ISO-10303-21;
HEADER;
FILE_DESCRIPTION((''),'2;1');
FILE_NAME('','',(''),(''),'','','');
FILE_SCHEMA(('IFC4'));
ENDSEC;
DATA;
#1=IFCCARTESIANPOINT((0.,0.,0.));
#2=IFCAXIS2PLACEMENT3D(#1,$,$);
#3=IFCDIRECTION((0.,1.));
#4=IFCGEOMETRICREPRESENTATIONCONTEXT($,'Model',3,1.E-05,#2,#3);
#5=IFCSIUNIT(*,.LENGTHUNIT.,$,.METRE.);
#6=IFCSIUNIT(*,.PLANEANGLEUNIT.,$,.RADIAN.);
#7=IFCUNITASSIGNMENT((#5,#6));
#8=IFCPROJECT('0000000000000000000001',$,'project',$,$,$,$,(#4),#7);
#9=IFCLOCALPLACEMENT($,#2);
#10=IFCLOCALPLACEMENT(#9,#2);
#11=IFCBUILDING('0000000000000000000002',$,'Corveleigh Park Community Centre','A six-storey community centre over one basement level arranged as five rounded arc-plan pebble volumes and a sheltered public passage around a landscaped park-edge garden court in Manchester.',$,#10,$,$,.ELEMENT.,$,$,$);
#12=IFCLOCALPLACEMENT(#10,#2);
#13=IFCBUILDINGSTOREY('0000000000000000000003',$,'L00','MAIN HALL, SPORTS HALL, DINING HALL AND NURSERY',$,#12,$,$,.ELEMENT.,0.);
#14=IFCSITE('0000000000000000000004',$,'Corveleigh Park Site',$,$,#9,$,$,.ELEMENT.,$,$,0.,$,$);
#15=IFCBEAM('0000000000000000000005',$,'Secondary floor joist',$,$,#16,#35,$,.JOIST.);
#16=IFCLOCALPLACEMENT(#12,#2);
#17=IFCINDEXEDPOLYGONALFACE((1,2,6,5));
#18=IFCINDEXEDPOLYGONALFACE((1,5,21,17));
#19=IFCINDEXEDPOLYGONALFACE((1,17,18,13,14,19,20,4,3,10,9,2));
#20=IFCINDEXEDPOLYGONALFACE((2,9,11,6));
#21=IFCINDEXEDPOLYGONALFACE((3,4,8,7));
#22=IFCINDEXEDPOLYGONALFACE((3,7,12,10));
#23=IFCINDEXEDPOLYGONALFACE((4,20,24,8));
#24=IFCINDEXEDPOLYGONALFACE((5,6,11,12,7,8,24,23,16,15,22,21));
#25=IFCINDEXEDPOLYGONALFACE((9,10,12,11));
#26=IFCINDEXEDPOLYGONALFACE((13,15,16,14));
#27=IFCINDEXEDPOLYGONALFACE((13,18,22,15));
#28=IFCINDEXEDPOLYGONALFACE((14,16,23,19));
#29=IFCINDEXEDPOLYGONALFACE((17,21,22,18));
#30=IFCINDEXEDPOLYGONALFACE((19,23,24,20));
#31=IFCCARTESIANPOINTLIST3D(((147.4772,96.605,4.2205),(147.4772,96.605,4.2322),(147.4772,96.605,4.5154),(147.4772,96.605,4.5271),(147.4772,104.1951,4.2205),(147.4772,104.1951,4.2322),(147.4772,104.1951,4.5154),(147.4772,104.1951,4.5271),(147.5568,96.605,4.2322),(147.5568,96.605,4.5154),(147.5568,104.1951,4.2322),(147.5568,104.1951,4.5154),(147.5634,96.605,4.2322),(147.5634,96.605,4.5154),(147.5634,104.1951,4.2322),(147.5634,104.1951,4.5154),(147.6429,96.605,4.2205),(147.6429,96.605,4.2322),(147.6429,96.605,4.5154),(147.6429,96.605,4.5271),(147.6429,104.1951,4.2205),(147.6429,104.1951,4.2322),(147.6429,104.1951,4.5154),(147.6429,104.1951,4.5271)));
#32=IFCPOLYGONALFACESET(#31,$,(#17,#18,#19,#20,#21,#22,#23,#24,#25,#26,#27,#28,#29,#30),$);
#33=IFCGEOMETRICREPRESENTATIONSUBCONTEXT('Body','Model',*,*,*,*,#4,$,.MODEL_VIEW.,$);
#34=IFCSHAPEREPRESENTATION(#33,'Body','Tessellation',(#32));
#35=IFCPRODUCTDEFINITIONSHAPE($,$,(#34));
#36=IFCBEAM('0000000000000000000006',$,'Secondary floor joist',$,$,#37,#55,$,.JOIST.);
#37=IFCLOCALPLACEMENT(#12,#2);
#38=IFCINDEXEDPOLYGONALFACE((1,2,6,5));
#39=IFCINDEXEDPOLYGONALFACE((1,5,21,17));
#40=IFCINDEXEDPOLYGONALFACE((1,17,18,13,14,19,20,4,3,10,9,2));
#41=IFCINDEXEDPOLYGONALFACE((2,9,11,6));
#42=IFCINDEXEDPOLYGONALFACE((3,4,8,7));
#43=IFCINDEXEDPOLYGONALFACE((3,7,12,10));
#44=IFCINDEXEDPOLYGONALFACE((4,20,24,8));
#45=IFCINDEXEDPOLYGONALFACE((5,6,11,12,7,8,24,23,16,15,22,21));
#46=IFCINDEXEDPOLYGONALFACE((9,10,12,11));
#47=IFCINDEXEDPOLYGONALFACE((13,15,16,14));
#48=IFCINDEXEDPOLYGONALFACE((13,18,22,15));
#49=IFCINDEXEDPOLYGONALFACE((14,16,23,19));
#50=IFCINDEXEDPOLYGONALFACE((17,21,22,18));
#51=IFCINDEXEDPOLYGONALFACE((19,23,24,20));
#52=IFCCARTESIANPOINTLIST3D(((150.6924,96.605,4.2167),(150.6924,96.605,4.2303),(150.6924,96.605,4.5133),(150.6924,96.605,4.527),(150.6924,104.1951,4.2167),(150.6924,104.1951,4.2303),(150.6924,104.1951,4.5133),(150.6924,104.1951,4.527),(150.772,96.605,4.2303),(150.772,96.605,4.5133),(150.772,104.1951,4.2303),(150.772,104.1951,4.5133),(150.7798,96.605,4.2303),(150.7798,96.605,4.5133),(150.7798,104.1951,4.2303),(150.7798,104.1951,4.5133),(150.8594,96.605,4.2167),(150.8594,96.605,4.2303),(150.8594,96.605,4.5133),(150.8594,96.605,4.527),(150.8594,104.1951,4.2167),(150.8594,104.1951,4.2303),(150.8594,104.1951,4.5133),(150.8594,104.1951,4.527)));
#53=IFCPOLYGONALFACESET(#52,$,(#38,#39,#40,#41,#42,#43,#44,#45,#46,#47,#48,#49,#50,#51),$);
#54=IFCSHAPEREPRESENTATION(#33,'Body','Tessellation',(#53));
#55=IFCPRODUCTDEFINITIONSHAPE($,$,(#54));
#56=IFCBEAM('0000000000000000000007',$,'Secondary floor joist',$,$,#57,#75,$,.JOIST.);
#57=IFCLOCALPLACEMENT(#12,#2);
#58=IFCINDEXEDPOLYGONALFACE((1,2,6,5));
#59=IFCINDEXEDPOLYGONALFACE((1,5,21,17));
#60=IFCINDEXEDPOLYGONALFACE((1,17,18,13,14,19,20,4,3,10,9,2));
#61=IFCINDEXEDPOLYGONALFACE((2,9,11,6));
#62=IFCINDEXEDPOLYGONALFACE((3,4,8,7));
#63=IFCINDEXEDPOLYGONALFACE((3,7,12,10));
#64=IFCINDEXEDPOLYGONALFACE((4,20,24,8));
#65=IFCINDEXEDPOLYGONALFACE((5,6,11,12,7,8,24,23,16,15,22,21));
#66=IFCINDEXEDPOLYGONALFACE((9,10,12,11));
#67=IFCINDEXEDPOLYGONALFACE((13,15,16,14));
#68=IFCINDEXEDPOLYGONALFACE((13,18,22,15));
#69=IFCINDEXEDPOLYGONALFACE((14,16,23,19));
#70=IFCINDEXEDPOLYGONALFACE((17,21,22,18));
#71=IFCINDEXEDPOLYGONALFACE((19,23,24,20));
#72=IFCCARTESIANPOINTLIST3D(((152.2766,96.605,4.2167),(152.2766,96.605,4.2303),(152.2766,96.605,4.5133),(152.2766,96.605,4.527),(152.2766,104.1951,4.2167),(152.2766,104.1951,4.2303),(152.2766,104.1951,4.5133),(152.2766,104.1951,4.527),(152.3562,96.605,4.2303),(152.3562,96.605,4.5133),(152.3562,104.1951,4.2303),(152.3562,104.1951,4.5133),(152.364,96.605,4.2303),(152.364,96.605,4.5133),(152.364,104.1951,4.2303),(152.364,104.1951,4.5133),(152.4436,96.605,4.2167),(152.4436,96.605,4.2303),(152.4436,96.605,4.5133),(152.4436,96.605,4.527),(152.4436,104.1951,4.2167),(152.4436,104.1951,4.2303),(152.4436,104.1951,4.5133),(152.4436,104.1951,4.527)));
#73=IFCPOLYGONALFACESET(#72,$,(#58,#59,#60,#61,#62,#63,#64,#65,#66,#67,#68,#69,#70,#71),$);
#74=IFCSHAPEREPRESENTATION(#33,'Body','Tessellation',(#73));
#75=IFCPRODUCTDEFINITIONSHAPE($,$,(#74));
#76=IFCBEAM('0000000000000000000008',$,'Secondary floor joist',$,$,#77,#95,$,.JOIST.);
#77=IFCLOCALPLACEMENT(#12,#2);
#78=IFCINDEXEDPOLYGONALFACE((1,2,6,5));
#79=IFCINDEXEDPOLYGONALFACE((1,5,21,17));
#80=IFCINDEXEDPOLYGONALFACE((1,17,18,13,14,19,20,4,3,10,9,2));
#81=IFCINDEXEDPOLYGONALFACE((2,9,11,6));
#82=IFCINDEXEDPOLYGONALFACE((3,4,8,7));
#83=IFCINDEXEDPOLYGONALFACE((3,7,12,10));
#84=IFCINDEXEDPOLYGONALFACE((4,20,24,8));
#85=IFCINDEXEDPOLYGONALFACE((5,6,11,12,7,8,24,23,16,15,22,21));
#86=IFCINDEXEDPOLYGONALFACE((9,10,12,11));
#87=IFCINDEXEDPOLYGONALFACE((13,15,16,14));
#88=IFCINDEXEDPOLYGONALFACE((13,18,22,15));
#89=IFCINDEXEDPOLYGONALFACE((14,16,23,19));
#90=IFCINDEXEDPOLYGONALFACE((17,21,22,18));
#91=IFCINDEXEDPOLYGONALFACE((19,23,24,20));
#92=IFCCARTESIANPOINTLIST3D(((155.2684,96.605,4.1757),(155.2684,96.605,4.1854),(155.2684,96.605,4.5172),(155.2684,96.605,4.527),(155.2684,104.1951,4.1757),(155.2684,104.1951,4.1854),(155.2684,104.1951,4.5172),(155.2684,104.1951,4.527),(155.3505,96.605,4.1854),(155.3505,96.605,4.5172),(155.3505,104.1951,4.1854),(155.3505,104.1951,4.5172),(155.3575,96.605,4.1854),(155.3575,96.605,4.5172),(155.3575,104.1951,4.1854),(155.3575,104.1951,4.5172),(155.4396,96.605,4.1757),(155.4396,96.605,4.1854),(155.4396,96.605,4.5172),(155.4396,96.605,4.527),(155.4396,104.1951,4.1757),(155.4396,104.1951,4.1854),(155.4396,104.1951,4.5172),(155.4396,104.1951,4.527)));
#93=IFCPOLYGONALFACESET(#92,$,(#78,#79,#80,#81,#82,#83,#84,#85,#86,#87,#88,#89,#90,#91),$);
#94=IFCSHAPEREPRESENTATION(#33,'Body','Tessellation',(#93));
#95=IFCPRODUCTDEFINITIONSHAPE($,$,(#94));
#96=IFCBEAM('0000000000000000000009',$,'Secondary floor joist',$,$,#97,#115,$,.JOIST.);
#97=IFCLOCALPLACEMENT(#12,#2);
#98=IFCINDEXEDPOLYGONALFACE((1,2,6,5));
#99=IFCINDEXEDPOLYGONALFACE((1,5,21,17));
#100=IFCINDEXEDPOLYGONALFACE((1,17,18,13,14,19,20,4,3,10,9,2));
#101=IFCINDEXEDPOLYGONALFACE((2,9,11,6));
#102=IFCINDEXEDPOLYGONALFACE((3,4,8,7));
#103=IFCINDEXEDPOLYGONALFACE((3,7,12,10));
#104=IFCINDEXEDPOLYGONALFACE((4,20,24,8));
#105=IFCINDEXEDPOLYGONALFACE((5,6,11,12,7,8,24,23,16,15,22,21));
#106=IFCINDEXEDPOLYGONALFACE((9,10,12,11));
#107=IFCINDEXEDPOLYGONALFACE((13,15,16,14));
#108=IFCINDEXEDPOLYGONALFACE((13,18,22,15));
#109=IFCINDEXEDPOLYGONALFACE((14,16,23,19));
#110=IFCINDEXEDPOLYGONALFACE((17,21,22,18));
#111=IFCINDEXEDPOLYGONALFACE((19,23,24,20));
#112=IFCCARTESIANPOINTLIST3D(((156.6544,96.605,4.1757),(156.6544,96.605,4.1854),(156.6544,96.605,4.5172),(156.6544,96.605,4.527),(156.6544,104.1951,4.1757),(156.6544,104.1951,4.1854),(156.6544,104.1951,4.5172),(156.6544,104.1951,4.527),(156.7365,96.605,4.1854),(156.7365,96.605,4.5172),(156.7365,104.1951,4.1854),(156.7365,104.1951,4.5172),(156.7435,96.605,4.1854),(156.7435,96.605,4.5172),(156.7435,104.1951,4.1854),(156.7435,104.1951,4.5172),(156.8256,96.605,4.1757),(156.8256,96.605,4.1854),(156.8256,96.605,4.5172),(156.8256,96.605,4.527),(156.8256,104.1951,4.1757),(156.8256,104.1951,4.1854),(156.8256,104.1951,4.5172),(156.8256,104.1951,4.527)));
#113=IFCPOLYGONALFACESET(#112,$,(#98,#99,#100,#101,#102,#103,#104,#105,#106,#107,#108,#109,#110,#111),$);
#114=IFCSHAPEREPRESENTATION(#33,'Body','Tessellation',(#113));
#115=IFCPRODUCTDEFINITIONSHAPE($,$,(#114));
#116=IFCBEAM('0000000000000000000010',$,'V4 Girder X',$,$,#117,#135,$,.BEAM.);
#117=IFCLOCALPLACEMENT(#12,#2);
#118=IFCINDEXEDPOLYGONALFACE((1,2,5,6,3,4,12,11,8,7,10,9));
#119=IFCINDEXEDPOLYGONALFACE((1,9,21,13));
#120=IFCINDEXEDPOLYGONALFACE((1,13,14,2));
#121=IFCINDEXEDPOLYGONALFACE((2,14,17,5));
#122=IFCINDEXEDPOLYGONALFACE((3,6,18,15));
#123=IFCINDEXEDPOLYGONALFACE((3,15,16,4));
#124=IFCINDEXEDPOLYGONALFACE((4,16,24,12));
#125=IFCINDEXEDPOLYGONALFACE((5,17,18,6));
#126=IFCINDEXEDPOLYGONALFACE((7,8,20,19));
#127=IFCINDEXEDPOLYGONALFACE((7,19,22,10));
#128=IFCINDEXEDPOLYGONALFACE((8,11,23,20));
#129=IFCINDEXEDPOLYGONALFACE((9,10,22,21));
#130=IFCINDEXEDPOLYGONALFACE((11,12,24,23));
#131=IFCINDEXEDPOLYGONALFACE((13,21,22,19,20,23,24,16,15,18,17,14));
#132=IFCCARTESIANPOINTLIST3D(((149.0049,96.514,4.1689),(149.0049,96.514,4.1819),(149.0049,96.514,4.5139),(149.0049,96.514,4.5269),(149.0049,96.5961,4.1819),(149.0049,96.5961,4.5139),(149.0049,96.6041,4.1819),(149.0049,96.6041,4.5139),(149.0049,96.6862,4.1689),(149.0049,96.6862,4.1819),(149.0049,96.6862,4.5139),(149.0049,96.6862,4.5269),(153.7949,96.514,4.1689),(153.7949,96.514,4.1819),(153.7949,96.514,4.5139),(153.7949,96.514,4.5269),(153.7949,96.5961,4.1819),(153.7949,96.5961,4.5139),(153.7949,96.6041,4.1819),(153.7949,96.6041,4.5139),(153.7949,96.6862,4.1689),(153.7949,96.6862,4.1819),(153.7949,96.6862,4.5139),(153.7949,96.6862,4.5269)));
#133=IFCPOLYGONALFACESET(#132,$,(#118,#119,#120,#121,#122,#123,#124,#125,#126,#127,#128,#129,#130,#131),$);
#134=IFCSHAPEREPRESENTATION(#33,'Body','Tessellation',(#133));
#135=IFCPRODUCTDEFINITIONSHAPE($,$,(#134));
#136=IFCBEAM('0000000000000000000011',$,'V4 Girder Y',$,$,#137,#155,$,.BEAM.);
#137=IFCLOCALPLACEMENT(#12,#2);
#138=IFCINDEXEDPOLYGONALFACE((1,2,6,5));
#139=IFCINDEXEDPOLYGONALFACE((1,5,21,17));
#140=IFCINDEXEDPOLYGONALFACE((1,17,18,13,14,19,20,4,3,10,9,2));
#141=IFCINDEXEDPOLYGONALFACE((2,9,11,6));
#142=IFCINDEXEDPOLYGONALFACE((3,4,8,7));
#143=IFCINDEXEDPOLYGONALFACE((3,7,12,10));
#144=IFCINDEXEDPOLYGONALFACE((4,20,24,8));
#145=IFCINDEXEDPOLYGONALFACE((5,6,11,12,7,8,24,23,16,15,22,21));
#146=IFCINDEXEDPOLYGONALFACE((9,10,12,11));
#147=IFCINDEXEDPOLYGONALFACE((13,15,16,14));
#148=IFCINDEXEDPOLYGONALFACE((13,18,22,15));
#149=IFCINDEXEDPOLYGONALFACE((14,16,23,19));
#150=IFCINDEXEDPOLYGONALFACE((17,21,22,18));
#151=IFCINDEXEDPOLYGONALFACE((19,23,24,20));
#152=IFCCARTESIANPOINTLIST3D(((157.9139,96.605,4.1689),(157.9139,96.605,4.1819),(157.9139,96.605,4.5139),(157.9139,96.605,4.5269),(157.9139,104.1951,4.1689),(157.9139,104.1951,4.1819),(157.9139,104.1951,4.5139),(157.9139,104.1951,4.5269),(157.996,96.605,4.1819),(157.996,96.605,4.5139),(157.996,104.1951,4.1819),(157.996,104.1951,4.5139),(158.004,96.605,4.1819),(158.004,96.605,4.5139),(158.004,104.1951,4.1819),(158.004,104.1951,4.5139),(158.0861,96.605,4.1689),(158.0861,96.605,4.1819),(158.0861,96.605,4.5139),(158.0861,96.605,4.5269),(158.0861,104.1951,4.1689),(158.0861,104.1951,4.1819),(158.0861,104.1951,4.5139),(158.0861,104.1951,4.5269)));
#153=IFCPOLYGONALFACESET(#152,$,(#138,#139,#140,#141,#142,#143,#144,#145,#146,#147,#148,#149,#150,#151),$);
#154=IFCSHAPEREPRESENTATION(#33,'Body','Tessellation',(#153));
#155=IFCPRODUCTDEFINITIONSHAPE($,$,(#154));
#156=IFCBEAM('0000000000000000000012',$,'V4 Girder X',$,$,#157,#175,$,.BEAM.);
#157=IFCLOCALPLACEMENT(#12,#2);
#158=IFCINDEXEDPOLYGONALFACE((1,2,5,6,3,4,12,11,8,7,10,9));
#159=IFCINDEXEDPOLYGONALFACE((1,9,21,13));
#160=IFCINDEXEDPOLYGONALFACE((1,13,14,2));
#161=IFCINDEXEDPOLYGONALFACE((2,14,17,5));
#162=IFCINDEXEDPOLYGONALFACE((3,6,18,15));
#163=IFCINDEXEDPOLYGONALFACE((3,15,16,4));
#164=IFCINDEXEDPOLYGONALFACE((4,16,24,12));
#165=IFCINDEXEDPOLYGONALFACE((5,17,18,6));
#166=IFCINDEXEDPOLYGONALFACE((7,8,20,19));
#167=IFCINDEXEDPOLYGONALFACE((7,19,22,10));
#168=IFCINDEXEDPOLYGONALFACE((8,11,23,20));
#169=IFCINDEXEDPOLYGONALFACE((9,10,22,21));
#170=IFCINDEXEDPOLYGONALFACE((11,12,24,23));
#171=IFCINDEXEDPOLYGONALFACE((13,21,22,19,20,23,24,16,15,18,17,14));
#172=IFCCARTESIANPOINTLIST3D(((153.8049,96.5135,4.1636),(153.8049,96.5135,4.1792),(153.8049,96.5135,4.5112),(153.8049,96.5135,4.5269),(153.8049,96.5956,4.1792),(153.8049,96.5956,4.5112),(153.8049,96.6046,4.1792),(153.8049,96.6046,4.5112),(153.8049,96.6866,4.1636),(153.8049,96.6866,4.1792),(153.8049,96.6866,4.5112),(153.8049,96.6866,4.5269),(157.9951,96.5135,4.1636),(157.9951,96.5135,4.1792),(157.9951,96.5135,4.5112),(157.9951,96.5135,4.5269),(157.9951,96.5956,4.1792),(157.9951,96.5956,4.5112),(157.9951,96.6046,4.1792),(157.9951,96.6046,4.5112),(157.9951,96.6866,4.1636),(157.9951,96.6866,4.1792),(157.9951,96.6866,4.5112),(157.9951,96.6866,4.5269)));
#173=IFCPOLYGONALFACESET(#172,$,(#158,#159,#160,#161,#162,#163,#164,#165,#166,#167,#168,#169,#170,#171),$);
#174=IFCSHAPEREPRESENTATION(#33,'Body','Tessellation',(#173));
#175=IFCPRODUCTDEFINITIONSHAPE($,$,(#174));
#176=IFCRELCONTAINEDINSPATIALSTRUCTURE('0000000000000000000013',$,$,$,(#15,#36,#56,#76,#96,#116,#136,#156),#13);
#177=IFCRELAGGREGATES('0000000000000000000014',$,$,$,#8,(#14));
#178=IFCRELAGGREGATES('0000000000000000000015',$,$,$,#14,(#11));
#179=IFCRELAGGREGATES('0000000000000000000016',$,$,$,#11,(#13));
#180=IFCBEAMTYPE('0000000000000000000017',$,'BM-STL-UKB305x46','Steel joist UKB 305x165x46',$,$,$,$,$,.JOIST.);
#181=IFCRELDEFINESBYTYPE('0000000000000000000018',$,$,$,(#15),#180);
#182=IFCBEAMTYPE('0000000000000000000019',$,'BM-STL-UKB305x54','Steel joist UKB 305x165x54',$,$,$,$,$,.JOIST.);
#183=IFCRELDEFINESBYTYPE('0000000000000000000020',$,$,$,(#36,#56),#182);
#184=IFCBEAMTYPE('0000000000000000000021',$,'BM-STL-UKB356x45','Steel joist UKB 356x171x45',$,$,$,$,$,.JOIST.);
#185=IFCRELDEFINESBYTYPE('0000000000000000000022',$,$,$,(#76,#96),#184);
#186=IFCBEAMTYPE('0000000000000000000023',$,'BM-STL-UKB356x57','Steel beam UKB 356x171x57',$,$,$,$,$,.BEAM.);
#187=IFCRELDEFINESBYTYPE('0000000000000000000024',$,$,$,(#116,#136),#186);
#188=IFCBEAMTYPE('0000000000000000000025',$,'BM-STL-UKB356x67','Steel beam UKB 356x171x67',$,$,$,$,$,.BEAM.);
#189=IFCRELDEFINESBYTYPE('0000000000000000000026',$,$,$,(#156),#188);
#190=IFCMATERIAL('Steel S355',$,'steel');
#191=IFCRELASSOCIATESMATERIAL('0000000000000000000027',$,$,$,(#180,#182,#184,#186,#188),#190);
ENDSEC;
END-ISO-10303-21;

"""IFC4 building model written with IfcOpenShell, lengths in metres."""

from ifc_helpers import new_model, si_unit, direction, frame, origin, origin_2d, place, context, subcontext, project, spatial, i_section, extrude, material, material_profile, profile_set, type_object, element, save


model = new_model("IFC4")

# Units and contexts
model_context = context("Model", 3, precision=1e-05, world=origin(), true_north=direction((0.0, 1.0)))
body_context = subcontext(model_context, "Body", "Model", "MODEL_VIEW")
ifc_project = project(units=[si_unit("LENGTHUNIT", "METRE"), si_unit("PLANEANGLEUNIT", "RADIAN")], contexts=[model_context])

# Site, building, storey
site_placement = place(None, origin())
site = spatial("IfcSite", under=ifc_project, at=site_placement, Name="Corveleigh Park Site", CompositionType="ELEMENT", RefElevation=0.0)
building_placement = place(site_placement, origin())
building = spatial("IfcBuilding", under=site, at=building_placement, Name="Corveleigh Park Community Centre", Description="A six-storey community centre over one basement level arranged as five rounded arc-plan pebble volumes and a sheltered public passage around a landscaped park-edge garden court in Manchester.", CompositionType="ELEMENT")
storey_placement = place(building_placement, origin())
storey = spatial("IfcBuildingStorey", under=building, at=storey_placement, Name="L00", Description="MAIN HALL, SPORTS HALL, DINING HALL AND NURSERY", CompositionType="ELEMENT", Elevation=0.0)

# Shared definitions
ifc_material_1 = material(Name="Steel S355", Category="steel")

# Beams
ifc_material_profile_1 = material_profile(ifc_material_1, i_section(OverallWidth=0.1658, OverallDepth=0.3066, WebThickness=0.0066, FlangeThickness=0.0117, at=origin_2d()), Name="UKB 305x165x46", Category="steel")
ifc_profile_set_1 = profile_set([ifc_material_profile_1], Name="Steel S355")
beam_type_1 = type_object("IfcBeamType", Name="BM-STL-UKB305x46", Description="Steel joist UKB 305x165x46", PredefinedType="JOIST", material=ifc_profile_set_1)
for number, where, z_axis, x_axis, name in (
    (1, (147.5601, 96.605, 4.3738), (0.0, 1.0, 0.0), (-1.0, 0.0, 0.0), "Secondary floor joist"),
):
    element("IfcBeam", number, at=place(storey_placement, frame(where, z_axis=z_axis, x_axis=x_axis)), inside=storey, type_object=beam_type_1, Name=name, PredefinedType="JOIST", context=body_context, shape_type="SweptSolid", body=[
        extrude(i_section(OverallWidth=0.1658, OverallDepth=0.3066, WebThickness=0.0066, FlangeThickness=0.0117, at=origin_2d()), origin(), (0.0, 0.0, 1.0), 7.5901),
    ])
ifc_material_profile_2 = material_profile(ifc_material_1, i_section(OverallWidth=0.167, OverallDepth=0.3103, WebThickness=0.0078, FlangeThickness=0.0137, at=origin_2d()), Name="UKB 305x165x54", Category="steel")
ifc_profile_set_2 = profile_set([ifc_material_profile_2], Name="Steel S355")
beam_type_2 = type_object("IfcBeamType", Name="BM-STL-UKB305x54", Description="Steel joist UKB 305x165x54", PredefinedType="JOIST", material=ifc_profile_set_2)
for number, where, z_axis, x_axis, name in (
    (2, (150.7759, 96.605, 4.3718), (0.0, 1.0, 0.0), (-1.0, 0.0, 0.0), "Secondary floor joist"),
    (3, (152.3601, 96.605, 4.3718), (0.0, 1.0, 0.0), (-1.0, 0.0, 0.0), "Secondary floor joist"),
):
    element("IfcBeam", number, at=place(storey_placement, frame(where, z_axis=z_axis, x_axis=x_axis)), inside=storey, type_object=beam_type_2, Name=name, PredefinedType="JOIST", context=body_context, shape_type="SweptSolid", body=[
        extrude(i_section(OverallWidth=0.167, OverallDepth=0.3103, WebThickness=0.0078, FlangeThickness=0.0137, at=origin_2d()), origin(), (0.0, 0.0, 1.0), 7.5901),
    ])
ifc_material_profile_3 = material_profile(ifc_material_1, i_section(OverallWidth=0.1711, OverallDepth=0.3513, WebThickness=0.0071, FlangeThickness=0.0098, at=origin_2d()), Name="UKB 356x171x45", Category="steel")
ifc_profile_set_3 = profile_set([ifc_material_profile_3], Name="Steel S355")
beam_type_3 = type_object("IfcBeamType", Name="BM-STL-UKB356x45", Description="Steel joist UKB 356x171x45", PredefinedType="JOIST", material=ifc_profile_set_3)
for number, where, z_axis, x_axis, name in (
    (4, (155.354, 96.605, 4.3513), (0.0, 1.0, 0.0), (-1.0, 0.0, 0.0), "Secondary floor joist"),
    (5, (156.74, 96.605, 4.3513), (0.0, 1.0, 0.0), (-1.0, 0.0, 0.0), "Secondary floor joist"),
):
    element("IfcBeam", number, at=place(storey_placement, frame(where, z_axis=z_axis, x_axis=x_axis)), inside=storey, type_object=beam_type_3, Name=name, PredefinedType="JOIST", context=body_context, shape_type="SweptSolid", body=[
        extrude(i_section(OverallWidth=0.1711, OverallDepth=0.3513, WebThickness=0.0071, FlangeThickness=0.0098, at=origin_2d()), origin(), (0.0, 0.0, 1.0), 7.5901),
    ])
ifc_material_profile_4 = material_profile(ifc_material_1, i_section(OverallWidth=0.1721, OverallDepth=0.3579, WebThickness=0.0081, FlangeThickness=0.0129, at=origin_2d()), Name="UKB 356x171x57", Category="steel")
ifc_profile_set_4 = profile_set([ifc_material_profile_4], Name="Steel S355")
beam_type_4 = type_object("IfcBeamType", Name="BM-STL-UKB356x57", Description="Steel beam UKB 356x171x57", PredefinedType="BEAM", material=ifc_profile_set_4)
beam_1_placement = place(storey_placement, frame((149.0049, 96.6001, 4.3479), z_axis=(1.0, 0.0, 0.0), x_axis=(0.0, 1.0, 0.0)))
element("IfcBeam", 6, at=beam_1_placement, inside=storey, type_object=beam_type_4, Name="V4 Girder X", PredefinedType="BEAM", context=body_context, shape_type="SweptSolid", body=[
    extrude(i_section(OverallWidth=0.1721, OverallDepth=0.3579, WebThickness=0.0081, FlangeThickness=0.0129, at=origin_2d()), origin(), (0.0, 0.0, 1.0), 4.79),
])
beam_2_placement = place(storey_placement, frame((158.0, 96.605, 4.3479), z_axis=(0.0, 1.0, 0.0), x_axis=(-1.0, 0.0, 0.0)))
element("IfcBeam", 7, at=beam_2_placement, inside=storey, type_object=beam_type_4, Name="V4 Girder Y", PredefinedType="BEAM", context=body_context, shape_type="SweptSolid", body=[
    extrude(i_section(OverallWidth=0.1721, OverallDepth=0.3579, WebThickness=0.0081, FlangeThickness=0.0129, at=origin_2d()), origin(), (0.0, 0.0, 1.0), 7.5901),
])
ifc_material_profile_5 = material_profile(ifc_material_1, i_section(OverallWidth=0.1731, OverallDepth=0.3633, WebThickness=0.009, FlangeThickness=0.0156, at=origin_2d()), Name="UKB 356x171x67", Category="steel")
ifc_profile_set_5 = profile_set([ifc_material_profile_5], Name="Steel S355")
beam_type_5 = type_object("IfcBeamType", Name="BM-STL-UKB356x67", Description="Steel beam UKB 356x171x67", PredefinedType="BEAM", material=ifc_profile_set_5)
beam_3_placement = place(storey_placement, frame((153.8049, 96.6001, 4.3452), z_axis=(1.0, 0.0, 0.0), x_axis=(0.0, 1.0, 0.0)))
element("IfcBeam", 8, at=beam_3_placement, inside=storey, type_object=beam_type_5, Name="V4 Girder X", PredefinedType="BEAM", context=body_context, shape_type="SweptSolid", body=[
    extrude(i_section(OverallWidth=0.1731, OverallDepth=0.3633, WebThickness=0.009, FlangeThickness=0.0156, at=origin_2d()), origin(), (0.0, 0.0, 1.0), 4.1902),
])

save(model, "model.ifc")
